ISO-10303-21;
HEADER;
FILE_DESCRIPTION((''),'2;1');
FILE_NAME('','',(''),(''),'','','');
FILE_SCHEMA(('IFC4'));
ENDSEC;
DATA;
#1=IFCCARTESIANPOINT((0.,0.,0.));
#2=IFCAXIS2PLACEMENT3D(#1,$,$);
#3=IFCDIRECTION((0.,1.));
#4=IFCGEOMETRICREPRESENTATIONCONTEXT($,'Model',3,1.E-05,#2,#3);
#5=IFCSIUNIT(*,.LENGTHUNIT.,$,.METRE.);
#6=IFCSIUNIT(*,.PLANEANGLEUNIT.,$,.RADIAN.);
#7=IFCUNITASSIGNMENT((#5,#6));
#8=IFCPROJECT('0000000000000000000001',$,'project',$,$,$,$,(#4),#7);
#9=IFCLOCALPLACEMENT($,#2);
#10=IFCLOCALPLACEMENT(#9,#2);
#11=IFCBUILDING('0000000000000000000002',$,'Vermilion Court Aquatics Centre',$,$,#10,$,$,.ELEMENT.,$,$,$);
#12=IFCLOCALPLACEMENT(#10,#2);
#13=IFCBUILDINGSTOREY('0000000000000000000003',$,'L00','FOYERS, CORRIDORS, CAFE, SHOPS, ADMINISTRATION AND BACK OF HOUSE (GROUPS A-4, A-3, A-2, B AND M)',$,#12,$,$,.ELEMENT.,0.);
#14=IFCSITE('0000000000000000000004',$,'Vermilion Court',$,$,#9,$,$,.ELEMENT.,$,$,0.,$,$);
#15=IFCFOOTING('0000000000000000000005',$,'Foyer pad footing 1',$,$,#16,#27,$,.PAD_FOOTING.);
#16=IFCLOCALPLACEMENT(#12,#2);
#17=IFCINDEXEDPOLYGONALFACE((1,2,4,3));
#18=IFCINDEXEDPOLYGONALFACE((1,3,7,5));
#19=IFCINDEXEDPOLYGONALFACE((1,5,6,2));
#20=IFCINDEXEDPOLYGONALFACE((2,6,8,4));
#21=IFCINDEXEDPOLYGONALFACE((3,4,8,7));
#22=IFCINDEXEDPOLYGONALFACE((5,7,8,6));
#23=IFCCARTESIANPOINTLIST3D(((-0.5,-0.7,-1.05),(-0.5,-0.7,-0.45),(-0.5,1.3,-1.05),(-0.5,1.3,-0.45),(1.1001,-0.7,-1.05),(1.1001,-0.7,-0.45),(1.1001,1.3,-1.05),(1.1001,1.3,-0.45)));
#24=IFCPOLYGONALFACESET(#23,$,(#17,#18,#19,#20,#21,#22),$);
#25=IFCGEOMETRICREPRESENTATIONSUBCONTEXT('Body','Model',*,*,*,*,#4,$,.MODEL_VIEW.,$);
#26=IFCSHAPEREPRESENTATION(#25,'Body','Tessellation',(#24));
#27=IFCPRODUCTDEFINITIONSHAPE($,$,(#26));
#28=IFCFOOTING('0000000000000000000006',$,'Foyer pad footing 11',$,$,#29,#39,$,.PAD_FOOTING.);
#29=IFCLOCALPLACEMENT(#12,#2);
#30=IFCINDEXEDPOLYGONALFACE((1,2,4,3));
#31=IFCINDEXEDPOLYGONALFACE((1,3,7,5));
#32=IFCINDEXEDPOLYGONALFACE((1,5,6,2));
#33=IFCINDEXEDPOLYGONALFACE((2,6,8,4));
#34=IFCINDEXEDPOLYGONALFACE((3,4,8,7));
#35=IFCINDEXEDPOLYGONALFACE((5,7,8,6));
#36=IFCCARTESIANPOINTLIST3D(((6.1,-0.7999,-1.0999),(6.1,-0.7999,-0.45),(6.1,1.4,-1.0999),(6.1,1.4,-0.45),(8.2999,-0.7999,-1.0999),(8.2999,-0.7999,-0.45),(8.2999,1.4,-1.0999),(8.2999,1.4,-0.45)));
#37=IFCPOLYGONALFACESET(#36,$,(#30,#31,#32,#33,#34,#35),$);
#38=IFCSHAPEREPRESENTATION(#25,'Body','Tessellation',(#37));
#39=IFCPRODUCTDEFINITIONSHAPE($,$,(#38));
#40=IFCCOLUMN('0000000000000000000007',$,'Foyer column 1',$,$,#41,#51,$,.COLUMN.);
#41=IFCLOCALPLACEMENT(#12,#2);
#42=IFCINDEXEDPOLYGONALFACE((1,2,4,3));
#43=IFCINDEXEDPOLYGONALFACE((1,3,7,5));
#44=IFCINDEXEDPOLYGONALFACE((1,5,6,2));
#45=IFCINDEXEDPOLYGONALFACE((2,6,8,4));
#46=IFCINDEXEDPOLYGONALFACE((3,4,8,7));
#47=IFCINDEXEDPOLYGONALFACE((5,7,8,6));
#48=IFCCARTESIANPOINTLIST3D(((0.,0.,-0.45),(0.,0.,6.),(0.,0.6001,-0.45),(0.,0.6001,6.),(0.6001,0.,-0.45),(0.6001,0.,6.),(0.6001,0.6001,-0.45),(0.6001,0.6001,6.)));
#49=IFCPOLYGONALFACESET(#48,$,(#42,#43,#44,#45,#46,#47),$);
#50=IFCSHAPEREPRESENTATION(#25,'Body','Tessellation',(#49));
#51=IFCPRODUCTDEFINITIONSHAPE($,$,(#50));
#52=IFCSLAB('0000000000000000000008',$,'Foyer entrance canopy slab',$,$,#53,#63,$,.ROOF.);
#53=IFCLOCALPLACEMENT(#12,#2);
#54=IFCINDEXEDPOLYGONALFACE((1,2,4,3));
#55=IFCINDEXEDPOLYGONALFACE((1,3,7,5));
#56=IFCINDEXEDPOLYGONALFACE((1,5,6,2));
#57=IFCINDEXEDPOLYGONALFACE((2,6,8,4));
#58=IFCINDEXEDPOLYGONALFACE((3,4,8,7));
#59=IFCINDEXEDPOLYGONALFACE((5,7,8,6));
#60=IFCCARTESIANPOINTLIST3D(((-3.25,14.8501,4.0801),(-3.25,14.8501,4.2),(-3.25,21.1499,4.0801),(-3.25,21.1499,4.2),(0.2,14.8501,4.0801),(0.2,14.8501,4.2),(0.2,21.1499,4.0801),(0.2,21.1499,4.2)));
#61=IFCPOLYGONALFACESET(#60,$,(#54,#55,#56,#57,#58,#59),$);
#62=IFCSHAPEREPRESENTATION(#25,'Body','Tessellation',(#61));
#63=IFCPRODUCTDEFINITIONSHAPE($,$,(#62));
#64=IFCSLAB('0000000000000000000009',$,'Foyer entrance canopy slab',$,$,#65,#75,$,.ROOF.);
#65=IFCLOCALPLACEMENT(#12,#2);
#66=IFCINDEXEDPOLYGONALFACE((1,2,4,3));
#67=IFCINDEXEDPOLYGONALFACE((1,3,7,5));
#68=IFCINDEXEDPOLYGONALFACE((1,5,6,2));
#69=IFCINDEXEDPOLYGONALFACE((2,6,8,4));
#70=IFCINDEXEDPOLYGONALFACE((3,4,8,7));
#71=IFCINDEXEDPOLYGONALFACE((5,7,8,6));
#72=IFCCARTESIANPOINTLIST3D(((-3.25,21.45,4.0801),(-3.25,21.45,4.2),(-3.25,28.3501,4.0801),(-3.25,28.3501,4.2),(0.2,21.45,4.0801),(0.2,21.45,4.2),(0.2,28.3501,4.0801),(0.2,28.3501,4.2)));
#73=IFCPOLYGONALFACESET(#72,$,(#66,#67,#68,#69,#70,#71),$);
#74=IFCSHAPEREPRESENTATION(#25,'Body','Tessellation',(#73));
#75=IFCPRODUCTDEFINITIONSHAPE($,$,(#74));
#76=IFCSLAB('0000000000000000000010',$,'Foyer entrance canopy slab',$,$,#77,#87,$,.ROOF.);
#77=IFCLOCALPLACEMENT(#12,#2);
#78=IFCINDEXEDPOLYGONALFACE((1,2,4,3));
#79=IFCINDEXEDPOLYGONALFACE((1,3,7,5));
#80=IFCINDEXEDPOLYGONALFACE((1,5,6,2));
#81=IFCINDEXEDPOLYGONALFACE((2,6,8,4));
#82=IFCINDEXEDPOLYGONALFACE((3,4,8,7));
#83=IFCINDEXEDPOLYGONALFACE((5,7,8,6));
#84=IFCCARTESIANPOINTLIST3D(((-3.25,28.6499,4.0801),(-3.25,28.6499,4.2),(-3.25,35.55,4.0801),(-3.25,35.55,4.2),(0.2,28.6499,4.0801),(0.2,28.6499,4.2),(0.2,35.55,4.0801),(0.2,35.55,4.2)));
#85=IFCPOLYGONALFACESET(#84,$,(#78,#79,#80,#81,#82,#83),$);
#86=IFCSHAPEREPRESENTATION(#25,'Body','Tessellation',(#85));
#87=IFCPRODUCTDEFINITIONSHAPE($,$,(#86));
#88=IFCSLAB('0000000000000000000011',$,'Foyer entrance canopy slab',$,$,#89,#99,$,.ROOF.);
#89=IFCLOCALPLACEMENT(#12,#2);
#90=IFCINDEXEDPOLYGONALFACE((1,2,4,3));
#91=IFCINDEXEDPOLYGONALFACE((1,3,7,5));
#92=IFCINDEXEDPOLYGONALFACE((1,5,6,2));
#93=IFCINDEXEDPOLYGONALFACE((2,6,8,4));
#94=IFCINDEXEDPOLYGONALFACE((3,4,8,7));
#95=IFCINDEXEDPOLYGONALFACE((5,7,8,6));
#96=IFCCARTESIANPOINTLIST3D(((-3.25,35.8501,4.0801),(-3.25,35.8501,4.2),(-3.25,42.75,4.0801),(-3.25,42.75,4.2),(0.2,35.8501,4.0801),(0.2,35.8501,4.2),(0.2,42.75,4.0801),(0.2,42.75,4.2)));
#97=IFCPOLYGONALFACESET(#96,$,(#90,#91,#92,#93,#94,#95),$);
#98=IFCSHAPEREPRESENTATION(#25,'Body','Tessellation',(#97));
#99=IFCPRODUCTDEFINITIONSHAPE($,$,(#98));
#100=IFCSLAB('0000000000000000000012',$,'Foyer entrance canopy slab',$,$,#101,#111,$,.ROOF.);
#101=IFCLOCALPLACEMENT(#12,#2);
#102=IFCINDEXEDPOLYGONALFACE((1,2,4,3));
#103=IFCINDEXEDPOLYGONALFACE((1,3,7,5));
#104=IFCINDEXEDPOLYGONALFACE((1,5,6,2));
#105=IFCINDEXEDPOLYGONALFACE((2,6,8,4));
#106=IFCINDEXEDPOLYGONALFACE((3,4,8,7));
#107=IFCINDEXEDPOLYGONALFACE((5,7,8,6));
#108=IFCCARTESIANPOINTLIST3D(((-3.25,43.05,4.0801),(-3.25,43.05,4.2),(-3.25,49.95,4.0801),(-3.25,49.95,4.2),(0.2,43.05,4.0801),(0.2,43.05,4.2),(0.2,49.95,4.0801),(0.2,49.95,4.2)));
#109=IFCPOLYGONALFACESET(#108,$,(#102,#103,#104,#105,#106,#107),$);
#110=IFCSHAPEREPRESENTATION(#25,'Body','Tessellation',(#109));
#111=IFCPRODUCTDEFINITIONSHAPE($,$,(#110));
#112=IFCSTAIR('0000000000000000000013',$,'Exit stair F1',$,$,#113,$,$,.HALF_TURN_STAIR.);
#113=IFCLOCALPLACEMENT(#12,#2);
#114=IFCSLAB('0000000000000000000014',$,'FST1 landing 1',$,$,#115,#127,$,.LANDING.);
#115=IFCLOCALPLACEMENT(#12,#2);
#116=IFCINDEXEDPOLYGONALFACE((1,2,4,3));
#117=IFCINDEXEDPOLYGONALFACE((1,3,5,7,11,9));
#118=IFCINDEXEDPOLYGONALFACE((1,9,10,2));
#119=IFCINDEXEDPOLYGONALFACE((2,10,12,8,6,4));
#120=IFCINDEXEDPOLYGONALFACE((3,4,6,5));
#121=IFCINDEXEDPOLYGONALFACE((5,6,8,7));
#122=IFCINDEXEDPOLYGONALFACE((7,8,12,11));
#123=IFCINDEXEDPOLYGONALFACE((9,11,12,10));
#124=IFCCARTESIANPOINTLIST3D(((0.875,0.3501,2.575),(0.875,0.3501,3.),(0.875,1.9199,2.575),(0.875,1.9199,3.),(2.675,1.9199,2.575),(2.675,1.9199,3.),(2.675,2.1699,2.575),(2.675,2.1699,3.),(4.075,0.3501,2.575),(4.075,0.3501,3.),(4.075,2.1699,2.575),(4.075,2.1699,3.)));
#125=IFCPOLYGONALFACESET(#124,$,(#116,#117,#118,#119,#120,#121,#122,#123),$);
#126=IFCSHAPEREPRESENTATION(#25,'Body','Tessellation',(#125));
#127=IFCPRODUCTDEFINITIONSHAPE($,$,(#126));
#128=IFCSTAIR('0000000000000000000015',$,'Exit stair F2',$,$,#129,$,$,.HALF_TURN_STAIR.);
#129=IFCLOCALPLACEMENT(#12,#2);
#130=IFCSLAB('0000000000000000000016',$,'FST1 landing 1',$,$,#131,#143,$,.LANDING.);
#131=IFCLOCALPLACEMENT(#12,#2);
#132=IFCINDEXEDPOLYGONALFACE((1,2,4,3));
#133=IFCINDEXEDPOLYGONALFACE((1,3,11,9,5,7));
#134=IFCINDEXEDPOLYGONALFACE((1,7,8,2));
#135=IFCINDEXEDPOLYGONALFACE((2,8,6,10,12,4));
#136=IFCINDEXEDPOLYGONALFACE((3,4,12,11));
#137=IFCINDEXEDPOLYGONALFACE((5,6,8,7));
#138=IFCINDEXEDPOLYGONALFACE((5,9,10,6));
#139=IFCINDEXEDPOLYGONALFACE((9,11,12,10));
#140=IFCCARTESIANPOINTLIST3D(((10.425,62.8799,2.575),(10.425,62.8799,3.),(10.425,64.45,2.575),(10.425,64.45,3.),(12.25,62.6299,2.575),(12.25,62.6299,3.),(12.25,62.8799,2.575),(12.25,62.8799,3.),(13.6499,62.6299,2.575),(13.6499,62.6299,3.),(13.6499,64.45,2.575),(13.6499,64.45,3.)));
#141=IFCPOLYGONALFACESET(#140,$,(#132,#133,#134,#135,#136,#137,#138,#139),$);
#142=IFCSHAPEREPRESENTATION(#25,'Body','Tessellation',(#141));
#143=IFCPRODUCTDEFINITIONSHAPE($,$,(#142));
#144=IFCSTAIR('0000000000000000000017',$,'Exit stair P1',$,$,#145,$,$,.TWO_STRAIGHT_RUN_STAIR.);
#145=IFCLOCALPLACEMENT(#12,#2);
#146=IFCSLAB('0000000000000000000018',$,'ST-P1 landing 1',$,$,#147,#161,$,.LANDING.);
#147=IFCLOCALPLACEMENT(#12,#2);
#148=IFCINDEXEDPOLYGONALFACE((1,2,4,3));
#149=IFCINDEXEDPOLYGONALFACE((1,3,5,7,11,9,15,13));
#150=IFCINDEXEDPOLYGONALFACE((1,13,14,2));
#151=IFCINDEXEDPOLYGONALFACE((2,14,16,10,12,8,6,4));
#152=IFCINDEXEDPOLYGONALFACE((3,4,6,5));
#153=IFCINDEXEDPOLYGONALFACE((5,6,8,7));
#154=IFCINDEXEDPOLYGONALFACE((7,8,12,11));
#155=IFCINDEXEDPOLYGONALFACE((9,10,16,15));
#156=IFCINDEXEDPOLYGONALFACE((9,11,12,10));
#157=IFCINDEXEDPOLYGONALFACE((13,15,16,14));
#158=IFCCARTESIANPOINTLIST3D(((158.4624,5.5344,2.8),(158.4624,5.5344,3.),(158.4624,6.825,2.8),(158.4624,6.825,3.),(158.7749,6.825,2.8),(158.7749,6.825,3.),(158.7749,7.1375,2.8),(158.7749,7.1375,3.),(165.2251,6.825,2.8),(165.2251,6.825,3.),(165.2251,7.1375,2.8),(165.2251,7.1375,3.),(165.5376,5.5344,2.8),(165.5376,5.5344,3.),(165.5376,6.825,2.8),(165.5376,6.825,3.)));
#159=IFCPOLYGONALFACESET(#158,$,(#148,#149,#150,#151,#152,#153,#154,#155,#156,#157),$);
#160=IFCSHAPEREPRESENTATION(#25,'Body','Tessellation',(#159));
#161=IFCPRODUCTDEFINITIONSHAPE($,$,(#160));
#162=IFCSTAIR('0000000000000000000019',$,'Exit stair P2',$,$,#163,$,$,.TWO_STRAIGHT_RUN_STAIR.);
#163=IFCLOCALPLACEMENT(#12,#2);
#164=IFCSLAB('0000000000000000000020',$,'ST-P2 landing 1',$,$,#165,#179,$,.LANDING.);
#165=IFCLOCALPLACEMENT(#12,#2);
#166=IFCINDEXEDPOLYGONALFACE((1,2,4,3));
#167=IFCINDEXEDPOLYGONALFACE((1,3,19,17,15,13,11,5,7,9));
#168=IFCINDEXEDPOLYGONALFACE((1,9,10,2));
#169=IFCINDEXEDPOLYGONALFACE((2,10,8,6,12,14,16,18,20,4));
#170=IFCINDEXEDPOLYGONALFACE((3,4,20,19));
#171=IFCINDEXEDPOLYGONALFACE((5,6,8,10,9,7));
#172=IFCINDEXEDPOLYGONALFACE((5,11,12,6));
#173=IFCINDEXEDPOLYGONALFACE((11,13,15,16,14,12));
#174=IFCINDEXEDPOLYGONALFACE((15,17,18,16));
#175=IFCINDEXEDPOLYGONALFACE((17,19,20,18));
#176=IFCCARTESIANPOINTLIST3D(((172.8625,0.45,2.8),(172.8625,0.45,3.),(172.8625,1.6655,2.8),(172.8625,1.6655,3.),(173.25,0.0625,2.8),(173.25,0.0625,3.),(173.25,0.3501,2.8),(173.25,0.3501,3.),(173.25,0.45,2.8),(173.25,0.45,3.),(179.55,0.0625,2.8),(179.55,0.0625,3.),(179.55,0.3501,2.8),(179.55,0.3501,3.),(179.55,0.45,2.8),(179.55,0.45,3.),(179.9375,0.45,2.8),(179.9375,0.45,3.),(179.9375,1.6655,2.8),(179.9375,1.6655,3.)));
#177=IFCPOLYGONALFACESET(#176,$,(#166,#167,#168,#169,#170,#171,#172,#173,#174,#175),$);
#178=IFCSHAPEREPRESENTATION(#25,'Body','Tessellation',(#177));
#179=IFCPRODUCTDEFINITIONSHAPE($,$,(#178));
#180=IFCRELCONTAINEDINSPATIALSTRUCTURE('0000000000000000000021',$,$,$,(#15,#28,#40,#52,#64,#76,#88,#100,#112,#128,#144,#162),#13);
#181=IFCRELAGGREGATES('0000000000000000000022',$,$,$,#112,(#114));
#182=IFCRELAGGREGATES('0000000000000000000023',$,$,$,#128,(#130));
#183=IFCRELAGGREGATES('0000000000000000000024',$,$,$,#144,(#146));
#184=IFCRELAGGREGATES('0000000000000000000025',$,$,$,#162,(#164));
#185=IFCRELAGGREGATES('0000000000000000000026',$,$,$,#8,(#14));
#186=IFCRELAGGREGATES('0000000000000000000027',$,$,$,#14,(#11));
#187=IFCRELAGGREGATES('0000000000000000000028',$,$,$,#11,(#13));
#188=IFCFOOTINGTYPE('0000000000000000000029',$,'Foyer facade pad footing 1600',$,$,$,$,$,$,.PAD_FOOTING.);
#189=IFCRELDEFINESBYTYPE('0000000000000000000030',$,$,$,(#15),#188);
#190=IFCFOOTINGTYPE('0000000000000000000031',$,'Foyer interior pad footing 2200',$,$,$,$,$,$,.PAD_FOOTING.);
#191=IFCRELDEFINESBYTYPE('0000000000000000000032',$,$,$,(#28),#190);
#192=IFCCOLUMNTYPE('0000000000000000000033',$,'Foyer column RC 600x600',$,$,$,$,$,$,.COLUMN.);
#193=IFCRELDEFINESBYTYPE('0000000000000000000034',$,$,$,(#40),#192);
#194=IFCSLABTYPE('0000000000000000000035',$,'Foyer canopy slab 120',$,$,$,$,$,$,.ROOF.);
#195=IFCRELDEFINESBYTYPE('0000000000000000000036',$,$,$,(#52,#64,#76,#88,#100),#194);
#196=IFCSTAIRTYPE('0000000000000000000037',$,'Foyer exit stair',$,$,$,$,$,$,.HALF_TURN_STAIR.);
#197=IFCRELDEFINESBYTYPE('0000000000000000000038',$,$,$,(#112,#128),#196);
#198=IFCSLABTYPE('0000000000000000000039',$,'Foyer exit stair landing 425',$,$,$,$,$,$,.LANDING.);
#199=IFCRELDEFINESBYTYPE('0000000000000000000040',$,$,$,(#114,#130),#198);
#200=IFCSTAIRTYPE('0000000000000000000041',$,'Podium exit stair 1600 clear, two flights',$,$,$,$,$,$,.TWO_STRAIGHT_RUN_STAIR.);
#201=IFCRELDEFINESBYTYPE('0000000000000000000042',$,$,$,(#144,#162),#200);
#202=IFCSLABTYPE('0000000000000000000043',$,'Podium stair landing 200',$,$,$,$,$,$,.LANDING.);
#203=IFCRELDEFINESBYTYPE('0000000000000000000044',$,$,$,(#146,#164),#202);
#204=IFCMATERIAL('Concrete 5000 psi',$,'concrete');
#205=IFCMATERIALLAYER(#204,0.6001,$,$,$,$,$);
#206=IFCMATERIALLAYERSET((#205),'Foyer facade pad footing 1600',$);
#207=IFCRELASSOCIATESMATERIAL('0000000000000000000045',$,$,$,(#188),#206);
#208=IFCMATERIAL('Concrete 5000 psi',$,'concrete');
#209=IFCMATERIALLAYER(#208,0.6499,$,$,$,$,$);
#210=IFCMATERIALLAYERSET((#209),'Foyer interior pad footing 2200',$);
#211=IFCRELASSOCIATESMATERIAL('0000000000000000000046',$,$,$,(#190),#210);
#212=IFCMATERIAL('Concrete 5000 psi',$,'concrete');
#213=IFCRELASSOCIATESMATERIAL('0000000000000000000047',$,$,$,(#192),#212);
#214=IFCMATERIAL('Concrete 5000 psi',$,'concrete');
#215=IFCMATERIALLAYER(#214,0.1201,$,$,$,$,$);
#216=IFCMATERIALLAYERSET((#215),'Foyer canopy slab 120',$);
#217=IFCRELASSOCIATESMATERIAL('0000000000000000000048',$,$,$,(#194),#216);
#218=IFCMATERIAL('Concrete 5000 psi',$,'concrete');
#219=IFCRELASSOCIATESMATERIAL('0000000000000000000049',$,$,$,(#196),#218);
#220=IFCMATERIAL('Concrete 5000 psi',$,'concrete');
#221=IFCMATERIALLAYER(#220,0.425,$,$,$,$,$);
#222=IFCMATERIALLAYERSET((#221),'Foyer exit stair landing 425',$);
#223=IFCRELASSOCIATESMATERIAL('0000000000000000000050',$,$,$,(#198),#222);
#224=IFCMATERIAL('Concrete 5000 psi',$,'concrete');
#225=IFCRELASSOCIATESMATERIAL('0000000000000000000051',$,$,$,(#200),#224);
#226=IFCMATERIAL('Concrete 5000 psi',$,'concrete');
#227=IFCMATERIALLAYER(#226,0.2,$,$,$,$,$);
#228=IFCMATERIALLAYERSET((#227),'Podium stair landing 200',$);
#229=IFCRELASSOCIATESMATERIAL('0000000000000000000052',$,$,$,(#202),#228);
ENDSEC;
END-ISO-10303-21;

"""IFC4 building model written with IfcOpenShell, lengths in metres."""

from ifc_helpers import new_model, si_unit, direction, frame, origin, origin_2d, place, context, subcontext, project, spatial, polyline, rectangle, outline, extrude, material, layer, layer_set, material_profile, profile_set, type_object, element, aggregate, save


model = new_model("IFC4")

# Units and contexts
model_context = context("Model", 3, precision=1e-05, world=origin(), true_north=direction((0.0, 1.0)))
body_context = subcontext(model_context, "Body", "Model", "MODEL_VIEW")
ifc_project = project(units=[si_unit("LENGTHUNIT", "METRE"), si_unit("PLANEANGLEUNIT", "RADIAN")], contexts=[model_context])

# Site, building, storey
site_placement = place(None, origin())
site = spatial("IfcSite", under=ifc_project, at=site_placement, Name="Vermilion Court", CompositionType="ELEMENT", RefElevation=0.0)
building_placement = place(site_placement, origin())
building = spatial("IfcBuilding", under=site, at=building_placement, Name="Vermilion Court Aquatics Centre", CompositionType="ELEMENT")
storey_placement = place(building_placement, origin())
storey = spatial("IfcBuildingStorey", under=building, at=storey_placement, Name="L00", Description="FOYERS, CORRIDORS, CAFE, SHOPS, ADMINISTRATION AND BACK OF HOUSE (GROUPS A-4, A-3, A-2, B AND M)", CompositionType="ELEMENT", Elevation=0.0)

# Footings
ifc_material_1 = material(Name="Concrete 5000 psi", Category="concrete")
ifc_layer_1 = layer(ifc_material_1, 0.6001)
ifc_layer_set_1 = layer_set([ifc_layer_1], Name="Foyer facade pad footing 1600")
footing_type_1 = type_object("IfcFootingType", Name="Foyer facade pad footing 1600", PredefinedType="PAD_FOOTING", material=ifc_layer_set_1)
footing_1_placement = place(storey_placement, frame((0.3, 0.3, -1.05), z_axis=(0.0, 0.0, 1.0), x_axis=(1.0, 0.0, 0.0)))
element("IfcFooting", 1, at=footing_1_placement, inside=storey, type_object=footing_type_1, Name="Foyer pad footing 1", PredefinedType="PAD_FOOTING", context=body_context, shape_type="SweptSolid", body=[
    extrude(rectangle(XDim=1.6001, YDim=2.0, at=origin_2d()), origin(), (0.0, 0.0, 1.0), 0.6001),
])
ifc_material_2 = material(Name="Concrete 5000 psi", Category="concrete")
ifc_layer_2 = layer(ifc_material_2, 0.6499)
ifc_layer_set_2 = layer_set([ifc_layer_2], Name="Foyer interior pad footing 2200")
footing_type_2 = type_object("IfcFootingType", Name="Foyer interior pad footing 2200", PredefinedType="PAD_FOOTING", material=ifc_layer_set_2)
footing_2_placement = place(storey_placement, frame((7.2, 0.3, -1.0999), z_axis=(0.0, 0.0, 1.0), x_axis=(1.0, 0.0, 0.0)))
element("IfcFooting", 2, at=footing_2_placement, inside=storey, type_object=footing_type_2, Name="Foyer pad footing 11", PredefinedType="PAD_FOOTING", context=body_context, shape_type="SweptSolid", body=[
    extrude(rectangle(XDim=2.2, YDim=2.2, at=origin_2d()), origin(), (0.0, 0.0, 1.0), 0.6499),
])

# Column
ifc_material_3 = material(Name="Concrete 5000 psi", Category="concrete")
ifc_material_profile = material_profile(ifc_material_3, rectangle(XDim=0.6001, YDim=0.6001, at=origin_2d()), Name="RC 600x600")
ifc_profile_set = profile_set([ifc_material_profile], Name="Concrete 5000 psi")
column_type = type_object("IfcColumnType", Name="Foyer column RC 600x600", PredefinedType="COLUMN", material=ifc_profile_set)
column_placement = place(storey_placement, frame((0.3, 0.3, -0.45), z_axis=(0.0, 0.0, 1.0), x_axis=(1.0, 0.0, 0.0)))
element("IfcColumn", 3, at=column_placement, inside=storey, type_object=column_type, Name="Foyer column 1", PredefinedType="COLUMN", context=body_context, shape_type="SweptSolid", body=[
    extrude(rectangle(XDim=0.6001, YDim=0.6001, at=origin_2d()), origin(), (0.0, 0.0, 1.0), 6.45),
])

# Slabs
ifc_material_4 = material(Name="Concrete 5000 psi", Category="concrete")
ifc_layer_3 = layer(ifc_material_4, 0.1201)
ifc_layer_set_3 = layer_set([ifc_layer_3], Name="Foyer canopy slab 120")
slab_type_1 = type_object("IfcSlabType", Name="Foyer canopy slab 120", PredefinedType="ROOF", material=ifc_layer_set_3)
slab_1_placement = place(storey_placement, frame((0.0, 0.0, 4.0801)))
element("IfcSlab", 4, at=slab_1_placement, inside=storey, type_object=slab_type_1, Name="Foyer entrance canopy slab", PredefinedType="ROOF", context=body_context, shape_type="SweptSolid", body=[
    extrude(outline(polyline([(-3.25, 14.8501), (0.2, 14.8501), (0.2, 21.1499), (-3.25, 21.1499), (-3.25, 14.8501)])), origin(), (0.0, 0.0, 1.0), 0.1199),
])
slab_2_placement = place(storey_placement, frame((0.0, 0.0, 4.0801)))
element("IfcSlab", 5, at=slab_2_placement, inside=storey, type_object=slab_type_1, Name="Foyer entrance canopy slab", PredefinedType="ROOF", context=body_context, shape_type="SweptSolid", body=[
    extrude(outline(polyline([(-3.25, 21.45), (0.2, 21.45), (0.2, 28.3501), (-3.25, 28.3501), (-3.25, 21.45)])), origin(), (0.0, 0.0, 1.0), 0.1199),
])
slab_3_placement = place(storey_placement, frame((0.0, 0.0, 4.0801)))
element("IfcSlab", 6, at=slab_3_placement, inside=storey, type_object=slab_type_1, Name="Foyer entrance canopy slab", PredefinedType="ROOF", context=body_context, shape_type="SweptSolid", body=[
    extrude(outline(polyline([(-3.25, 28.6499), (0.2, 28.6499), (0.2, 35.55), (-3.25, 35.55), (-3.25, 28.6499)])), origin(), (0.0, 0.0, 1.0), 0.1199),
])
slab_4_placement = place(storey_placement, frame((0.0, 0.0, 4.0801)))
element("IfcSlab", 7, at=slab_4_placement, inside=storey, type_object=slab_type_1, Name="Foyer entrance canopy slab", PredefinedType="ROOF", context=body_context, shape_type="SweptSolid", body=[
    extrude(outline(polyline([(-3.25, 35.8501), (0.2, 35.8501), (0.2, 42.75), (-3.25, 42.75), (-3.25, 35.8501)])), origin(), (0.0, 0.0, 1.0), 0.1199),
])
slab_5_placement = place(storey_placement, frame((0.0, 0.0, 4.0801)))
element("IfcSlab", 8, at=slab_5_placement, inside=storey, type_object=slab_type_1, Name="Foyer entrance canopy slab", PredefinedType="ROOF", context=body_context, shape_type="SweptSolid", body=[
    extrude(outline(polyline([(-3.25, 43.05), (0.2, 43.05), (0.2, 49.95), (-3.25, 49.95), (-3.25, 43.05)])), origin(), (0.0, 0.0, 1.0), 0.1199),
])

# Stairs, slabs
ifc_material_5 = material(Name="Concrete 5000 psi", Category="concrete")
stair_type_1 = type_object("IfcStairType", Name="Foyer exit stair", PredefinedType="HALF_TURN_STAIR", material=ifc_material_5)
stair_1_placement = place(storey_placement, origin())
stair_1 = element("IfcStair", 9, at=stair_1_placement, inside=storey, type_object=stair_type_1, Name="Exit stair F1", PredefinedType="HALF_TURN_STAIR")
ifc_material_6 = material(Name="Concrete 5000 psi", Category="concrete")
ifc_layer_4 = layer(ifc_material_6, 0.425)
ifc_layer_set_4 = layer_set([ifc_layer_4], Name="Foyer exit stair landing 425")
slab_type_2 = type_object("IfcSlabType", Name="Foyer exit stair landing 425", PredefinedType="LANDING", material=ifc_layer_set_4)
slab_6_placement = place(storey_placement, frame((0.0, 0.0, 2.575)))
slab_6 = element("IfcSlab", 10, at=slab_6_placement, type_object=slab_type_2, Name="FST1 landing 1", PredefinedType="LANDING", context=body_context, shape_type="SweptSolid", body=[
    extrude(outline(polyline([(0.875, 0.3501), (4.075, 0.3501), (4.075, 2.1699), (2.675, 2.1699), (2.675, 1.9199), (0.875, 1.9199), (0.875, 0.3501)])), origin(), (0.0, 0.0, 1.0), 0.425),
])
aggregate(stair_1, [slab_6])
stair_2_placement = place(storey_placement, origin())
stair_2 = element("IfcStair", 11, at=stair_2_placement, inside=storey, type_object=stair_type_1, Name="Exit stair F2", PredefinedType="HALF_TURN_STAIR")
slab_7_placement = place(storey_placement, frame((0.0, 0.0, 2.575)))
slab_7 = element("IfcSlab", 12, at=slab_7_placement, type_object=slab_type_2, Name="FST1 landing 1", PredefinedType="LANDING", context=body_context, shape_type="SweptSolid", body=[
    extrude(outline(polyline([(10.425, 64.45), (10.425, 62.8799), (12.25, 62.8799), (12.25, 62.6299), (13.6499, 62.6299), (13.6499, 64.45), (10.425, 64.45)])), origin(), (0.0, 0.0, 1.0), 0.425),
])
aggregate(stair_2, [slab_7])
ifc_material_7 = material(Name="Concrete 5000 psi", Category="concrete")
stair_type_2 = type_object("IfcStairType", Name="Podium exit stair 1600 clear, two flights", PredefinedType="TWO_STRAIGHT_RUN_STAIR", material=ifc_material_7)
stair_3_placement = place(storey_placement, origin())
stair_3 = element("IfcStair", 13, at=stair_3_placement, inside=storey, type_object=stair_type_2, Name="Exit stair P1", PredefinedType="TWO_STRAIGHT_RUN_STAIR")
ifc_material_8 = material(Name="Concrete 5000 psi", Category="concrete")
ifc_layer_5 = layer(ifc_material_8, 0.2)
ifc_layer_set_5 = layer_set([ifc_layer_5], Name="Podium stair landing 200")
slab_type_3 = type_object("IfcSlabType", Name="Podium stair landing 200", PredefinedType="LANDING", material=ifc_layer_set_5)
slab_8_placement = place(storey_placement, frame((0.0, 0.0, 2.8)))
slab_8 = element("IfcSlab", 14, at=slab_8_placement, type_object=slab_type_3, Name="ST-P1 landing 1", PredefinedType="LANDING", context=body_context, shape_type="SweptSolid", body=[
    extrude(outline(polyline([(158.7749, 7.1375), (165.2251, 7.1375), (165.2251, 6.825), (165.5376, 6.825), (165.5376, 5.5344), (158.4624, 5.5344), (158.4624, 6.825), (158.7749, 6.825), (158.7749, 7.1375)])), origin(), (0.0, 0.0, 1.0), 0.2),
])
aggregate(stair_3, [slab_8])
stair_4_placement = place(storey_placement, origin())
stair_4 = element("IfcStair", 15, at=stair_4_placement, inside=storey, type_object=stair_type_2, Name="Exit stair P2", PredefinedType="TWO_STRAIGHT_RUN_STAIR")
slab_9_placement = place(storey_placement, frame((0.0, 0.0, 2.8)))
slab_9 = element("IfcSlab", 16, at=slab_9_placement, type_object=slab_type_3, Name="ST-P2 landing 1", PredefinedType="LANDING", context=body_context, shape_type="SweptSolid", body=[
    extrude(outline(polyline([(179.55, 0.0625), (173.25, 0.0625), (173.25, 0.3501), (173.25, 0.45), (172.8625, 0.45), (172.8625, 1.6655), (179.9375, 1.6655), (179.9375, 0.45), (179.55, 0.45), (179.55, 0.3501), (179.55, 0.0625)])), origin(), (0.0, 0.0, 1.0), 0.2),
])
aggregate(stair_4, [slab_9])

save(model, "model.ifc")
